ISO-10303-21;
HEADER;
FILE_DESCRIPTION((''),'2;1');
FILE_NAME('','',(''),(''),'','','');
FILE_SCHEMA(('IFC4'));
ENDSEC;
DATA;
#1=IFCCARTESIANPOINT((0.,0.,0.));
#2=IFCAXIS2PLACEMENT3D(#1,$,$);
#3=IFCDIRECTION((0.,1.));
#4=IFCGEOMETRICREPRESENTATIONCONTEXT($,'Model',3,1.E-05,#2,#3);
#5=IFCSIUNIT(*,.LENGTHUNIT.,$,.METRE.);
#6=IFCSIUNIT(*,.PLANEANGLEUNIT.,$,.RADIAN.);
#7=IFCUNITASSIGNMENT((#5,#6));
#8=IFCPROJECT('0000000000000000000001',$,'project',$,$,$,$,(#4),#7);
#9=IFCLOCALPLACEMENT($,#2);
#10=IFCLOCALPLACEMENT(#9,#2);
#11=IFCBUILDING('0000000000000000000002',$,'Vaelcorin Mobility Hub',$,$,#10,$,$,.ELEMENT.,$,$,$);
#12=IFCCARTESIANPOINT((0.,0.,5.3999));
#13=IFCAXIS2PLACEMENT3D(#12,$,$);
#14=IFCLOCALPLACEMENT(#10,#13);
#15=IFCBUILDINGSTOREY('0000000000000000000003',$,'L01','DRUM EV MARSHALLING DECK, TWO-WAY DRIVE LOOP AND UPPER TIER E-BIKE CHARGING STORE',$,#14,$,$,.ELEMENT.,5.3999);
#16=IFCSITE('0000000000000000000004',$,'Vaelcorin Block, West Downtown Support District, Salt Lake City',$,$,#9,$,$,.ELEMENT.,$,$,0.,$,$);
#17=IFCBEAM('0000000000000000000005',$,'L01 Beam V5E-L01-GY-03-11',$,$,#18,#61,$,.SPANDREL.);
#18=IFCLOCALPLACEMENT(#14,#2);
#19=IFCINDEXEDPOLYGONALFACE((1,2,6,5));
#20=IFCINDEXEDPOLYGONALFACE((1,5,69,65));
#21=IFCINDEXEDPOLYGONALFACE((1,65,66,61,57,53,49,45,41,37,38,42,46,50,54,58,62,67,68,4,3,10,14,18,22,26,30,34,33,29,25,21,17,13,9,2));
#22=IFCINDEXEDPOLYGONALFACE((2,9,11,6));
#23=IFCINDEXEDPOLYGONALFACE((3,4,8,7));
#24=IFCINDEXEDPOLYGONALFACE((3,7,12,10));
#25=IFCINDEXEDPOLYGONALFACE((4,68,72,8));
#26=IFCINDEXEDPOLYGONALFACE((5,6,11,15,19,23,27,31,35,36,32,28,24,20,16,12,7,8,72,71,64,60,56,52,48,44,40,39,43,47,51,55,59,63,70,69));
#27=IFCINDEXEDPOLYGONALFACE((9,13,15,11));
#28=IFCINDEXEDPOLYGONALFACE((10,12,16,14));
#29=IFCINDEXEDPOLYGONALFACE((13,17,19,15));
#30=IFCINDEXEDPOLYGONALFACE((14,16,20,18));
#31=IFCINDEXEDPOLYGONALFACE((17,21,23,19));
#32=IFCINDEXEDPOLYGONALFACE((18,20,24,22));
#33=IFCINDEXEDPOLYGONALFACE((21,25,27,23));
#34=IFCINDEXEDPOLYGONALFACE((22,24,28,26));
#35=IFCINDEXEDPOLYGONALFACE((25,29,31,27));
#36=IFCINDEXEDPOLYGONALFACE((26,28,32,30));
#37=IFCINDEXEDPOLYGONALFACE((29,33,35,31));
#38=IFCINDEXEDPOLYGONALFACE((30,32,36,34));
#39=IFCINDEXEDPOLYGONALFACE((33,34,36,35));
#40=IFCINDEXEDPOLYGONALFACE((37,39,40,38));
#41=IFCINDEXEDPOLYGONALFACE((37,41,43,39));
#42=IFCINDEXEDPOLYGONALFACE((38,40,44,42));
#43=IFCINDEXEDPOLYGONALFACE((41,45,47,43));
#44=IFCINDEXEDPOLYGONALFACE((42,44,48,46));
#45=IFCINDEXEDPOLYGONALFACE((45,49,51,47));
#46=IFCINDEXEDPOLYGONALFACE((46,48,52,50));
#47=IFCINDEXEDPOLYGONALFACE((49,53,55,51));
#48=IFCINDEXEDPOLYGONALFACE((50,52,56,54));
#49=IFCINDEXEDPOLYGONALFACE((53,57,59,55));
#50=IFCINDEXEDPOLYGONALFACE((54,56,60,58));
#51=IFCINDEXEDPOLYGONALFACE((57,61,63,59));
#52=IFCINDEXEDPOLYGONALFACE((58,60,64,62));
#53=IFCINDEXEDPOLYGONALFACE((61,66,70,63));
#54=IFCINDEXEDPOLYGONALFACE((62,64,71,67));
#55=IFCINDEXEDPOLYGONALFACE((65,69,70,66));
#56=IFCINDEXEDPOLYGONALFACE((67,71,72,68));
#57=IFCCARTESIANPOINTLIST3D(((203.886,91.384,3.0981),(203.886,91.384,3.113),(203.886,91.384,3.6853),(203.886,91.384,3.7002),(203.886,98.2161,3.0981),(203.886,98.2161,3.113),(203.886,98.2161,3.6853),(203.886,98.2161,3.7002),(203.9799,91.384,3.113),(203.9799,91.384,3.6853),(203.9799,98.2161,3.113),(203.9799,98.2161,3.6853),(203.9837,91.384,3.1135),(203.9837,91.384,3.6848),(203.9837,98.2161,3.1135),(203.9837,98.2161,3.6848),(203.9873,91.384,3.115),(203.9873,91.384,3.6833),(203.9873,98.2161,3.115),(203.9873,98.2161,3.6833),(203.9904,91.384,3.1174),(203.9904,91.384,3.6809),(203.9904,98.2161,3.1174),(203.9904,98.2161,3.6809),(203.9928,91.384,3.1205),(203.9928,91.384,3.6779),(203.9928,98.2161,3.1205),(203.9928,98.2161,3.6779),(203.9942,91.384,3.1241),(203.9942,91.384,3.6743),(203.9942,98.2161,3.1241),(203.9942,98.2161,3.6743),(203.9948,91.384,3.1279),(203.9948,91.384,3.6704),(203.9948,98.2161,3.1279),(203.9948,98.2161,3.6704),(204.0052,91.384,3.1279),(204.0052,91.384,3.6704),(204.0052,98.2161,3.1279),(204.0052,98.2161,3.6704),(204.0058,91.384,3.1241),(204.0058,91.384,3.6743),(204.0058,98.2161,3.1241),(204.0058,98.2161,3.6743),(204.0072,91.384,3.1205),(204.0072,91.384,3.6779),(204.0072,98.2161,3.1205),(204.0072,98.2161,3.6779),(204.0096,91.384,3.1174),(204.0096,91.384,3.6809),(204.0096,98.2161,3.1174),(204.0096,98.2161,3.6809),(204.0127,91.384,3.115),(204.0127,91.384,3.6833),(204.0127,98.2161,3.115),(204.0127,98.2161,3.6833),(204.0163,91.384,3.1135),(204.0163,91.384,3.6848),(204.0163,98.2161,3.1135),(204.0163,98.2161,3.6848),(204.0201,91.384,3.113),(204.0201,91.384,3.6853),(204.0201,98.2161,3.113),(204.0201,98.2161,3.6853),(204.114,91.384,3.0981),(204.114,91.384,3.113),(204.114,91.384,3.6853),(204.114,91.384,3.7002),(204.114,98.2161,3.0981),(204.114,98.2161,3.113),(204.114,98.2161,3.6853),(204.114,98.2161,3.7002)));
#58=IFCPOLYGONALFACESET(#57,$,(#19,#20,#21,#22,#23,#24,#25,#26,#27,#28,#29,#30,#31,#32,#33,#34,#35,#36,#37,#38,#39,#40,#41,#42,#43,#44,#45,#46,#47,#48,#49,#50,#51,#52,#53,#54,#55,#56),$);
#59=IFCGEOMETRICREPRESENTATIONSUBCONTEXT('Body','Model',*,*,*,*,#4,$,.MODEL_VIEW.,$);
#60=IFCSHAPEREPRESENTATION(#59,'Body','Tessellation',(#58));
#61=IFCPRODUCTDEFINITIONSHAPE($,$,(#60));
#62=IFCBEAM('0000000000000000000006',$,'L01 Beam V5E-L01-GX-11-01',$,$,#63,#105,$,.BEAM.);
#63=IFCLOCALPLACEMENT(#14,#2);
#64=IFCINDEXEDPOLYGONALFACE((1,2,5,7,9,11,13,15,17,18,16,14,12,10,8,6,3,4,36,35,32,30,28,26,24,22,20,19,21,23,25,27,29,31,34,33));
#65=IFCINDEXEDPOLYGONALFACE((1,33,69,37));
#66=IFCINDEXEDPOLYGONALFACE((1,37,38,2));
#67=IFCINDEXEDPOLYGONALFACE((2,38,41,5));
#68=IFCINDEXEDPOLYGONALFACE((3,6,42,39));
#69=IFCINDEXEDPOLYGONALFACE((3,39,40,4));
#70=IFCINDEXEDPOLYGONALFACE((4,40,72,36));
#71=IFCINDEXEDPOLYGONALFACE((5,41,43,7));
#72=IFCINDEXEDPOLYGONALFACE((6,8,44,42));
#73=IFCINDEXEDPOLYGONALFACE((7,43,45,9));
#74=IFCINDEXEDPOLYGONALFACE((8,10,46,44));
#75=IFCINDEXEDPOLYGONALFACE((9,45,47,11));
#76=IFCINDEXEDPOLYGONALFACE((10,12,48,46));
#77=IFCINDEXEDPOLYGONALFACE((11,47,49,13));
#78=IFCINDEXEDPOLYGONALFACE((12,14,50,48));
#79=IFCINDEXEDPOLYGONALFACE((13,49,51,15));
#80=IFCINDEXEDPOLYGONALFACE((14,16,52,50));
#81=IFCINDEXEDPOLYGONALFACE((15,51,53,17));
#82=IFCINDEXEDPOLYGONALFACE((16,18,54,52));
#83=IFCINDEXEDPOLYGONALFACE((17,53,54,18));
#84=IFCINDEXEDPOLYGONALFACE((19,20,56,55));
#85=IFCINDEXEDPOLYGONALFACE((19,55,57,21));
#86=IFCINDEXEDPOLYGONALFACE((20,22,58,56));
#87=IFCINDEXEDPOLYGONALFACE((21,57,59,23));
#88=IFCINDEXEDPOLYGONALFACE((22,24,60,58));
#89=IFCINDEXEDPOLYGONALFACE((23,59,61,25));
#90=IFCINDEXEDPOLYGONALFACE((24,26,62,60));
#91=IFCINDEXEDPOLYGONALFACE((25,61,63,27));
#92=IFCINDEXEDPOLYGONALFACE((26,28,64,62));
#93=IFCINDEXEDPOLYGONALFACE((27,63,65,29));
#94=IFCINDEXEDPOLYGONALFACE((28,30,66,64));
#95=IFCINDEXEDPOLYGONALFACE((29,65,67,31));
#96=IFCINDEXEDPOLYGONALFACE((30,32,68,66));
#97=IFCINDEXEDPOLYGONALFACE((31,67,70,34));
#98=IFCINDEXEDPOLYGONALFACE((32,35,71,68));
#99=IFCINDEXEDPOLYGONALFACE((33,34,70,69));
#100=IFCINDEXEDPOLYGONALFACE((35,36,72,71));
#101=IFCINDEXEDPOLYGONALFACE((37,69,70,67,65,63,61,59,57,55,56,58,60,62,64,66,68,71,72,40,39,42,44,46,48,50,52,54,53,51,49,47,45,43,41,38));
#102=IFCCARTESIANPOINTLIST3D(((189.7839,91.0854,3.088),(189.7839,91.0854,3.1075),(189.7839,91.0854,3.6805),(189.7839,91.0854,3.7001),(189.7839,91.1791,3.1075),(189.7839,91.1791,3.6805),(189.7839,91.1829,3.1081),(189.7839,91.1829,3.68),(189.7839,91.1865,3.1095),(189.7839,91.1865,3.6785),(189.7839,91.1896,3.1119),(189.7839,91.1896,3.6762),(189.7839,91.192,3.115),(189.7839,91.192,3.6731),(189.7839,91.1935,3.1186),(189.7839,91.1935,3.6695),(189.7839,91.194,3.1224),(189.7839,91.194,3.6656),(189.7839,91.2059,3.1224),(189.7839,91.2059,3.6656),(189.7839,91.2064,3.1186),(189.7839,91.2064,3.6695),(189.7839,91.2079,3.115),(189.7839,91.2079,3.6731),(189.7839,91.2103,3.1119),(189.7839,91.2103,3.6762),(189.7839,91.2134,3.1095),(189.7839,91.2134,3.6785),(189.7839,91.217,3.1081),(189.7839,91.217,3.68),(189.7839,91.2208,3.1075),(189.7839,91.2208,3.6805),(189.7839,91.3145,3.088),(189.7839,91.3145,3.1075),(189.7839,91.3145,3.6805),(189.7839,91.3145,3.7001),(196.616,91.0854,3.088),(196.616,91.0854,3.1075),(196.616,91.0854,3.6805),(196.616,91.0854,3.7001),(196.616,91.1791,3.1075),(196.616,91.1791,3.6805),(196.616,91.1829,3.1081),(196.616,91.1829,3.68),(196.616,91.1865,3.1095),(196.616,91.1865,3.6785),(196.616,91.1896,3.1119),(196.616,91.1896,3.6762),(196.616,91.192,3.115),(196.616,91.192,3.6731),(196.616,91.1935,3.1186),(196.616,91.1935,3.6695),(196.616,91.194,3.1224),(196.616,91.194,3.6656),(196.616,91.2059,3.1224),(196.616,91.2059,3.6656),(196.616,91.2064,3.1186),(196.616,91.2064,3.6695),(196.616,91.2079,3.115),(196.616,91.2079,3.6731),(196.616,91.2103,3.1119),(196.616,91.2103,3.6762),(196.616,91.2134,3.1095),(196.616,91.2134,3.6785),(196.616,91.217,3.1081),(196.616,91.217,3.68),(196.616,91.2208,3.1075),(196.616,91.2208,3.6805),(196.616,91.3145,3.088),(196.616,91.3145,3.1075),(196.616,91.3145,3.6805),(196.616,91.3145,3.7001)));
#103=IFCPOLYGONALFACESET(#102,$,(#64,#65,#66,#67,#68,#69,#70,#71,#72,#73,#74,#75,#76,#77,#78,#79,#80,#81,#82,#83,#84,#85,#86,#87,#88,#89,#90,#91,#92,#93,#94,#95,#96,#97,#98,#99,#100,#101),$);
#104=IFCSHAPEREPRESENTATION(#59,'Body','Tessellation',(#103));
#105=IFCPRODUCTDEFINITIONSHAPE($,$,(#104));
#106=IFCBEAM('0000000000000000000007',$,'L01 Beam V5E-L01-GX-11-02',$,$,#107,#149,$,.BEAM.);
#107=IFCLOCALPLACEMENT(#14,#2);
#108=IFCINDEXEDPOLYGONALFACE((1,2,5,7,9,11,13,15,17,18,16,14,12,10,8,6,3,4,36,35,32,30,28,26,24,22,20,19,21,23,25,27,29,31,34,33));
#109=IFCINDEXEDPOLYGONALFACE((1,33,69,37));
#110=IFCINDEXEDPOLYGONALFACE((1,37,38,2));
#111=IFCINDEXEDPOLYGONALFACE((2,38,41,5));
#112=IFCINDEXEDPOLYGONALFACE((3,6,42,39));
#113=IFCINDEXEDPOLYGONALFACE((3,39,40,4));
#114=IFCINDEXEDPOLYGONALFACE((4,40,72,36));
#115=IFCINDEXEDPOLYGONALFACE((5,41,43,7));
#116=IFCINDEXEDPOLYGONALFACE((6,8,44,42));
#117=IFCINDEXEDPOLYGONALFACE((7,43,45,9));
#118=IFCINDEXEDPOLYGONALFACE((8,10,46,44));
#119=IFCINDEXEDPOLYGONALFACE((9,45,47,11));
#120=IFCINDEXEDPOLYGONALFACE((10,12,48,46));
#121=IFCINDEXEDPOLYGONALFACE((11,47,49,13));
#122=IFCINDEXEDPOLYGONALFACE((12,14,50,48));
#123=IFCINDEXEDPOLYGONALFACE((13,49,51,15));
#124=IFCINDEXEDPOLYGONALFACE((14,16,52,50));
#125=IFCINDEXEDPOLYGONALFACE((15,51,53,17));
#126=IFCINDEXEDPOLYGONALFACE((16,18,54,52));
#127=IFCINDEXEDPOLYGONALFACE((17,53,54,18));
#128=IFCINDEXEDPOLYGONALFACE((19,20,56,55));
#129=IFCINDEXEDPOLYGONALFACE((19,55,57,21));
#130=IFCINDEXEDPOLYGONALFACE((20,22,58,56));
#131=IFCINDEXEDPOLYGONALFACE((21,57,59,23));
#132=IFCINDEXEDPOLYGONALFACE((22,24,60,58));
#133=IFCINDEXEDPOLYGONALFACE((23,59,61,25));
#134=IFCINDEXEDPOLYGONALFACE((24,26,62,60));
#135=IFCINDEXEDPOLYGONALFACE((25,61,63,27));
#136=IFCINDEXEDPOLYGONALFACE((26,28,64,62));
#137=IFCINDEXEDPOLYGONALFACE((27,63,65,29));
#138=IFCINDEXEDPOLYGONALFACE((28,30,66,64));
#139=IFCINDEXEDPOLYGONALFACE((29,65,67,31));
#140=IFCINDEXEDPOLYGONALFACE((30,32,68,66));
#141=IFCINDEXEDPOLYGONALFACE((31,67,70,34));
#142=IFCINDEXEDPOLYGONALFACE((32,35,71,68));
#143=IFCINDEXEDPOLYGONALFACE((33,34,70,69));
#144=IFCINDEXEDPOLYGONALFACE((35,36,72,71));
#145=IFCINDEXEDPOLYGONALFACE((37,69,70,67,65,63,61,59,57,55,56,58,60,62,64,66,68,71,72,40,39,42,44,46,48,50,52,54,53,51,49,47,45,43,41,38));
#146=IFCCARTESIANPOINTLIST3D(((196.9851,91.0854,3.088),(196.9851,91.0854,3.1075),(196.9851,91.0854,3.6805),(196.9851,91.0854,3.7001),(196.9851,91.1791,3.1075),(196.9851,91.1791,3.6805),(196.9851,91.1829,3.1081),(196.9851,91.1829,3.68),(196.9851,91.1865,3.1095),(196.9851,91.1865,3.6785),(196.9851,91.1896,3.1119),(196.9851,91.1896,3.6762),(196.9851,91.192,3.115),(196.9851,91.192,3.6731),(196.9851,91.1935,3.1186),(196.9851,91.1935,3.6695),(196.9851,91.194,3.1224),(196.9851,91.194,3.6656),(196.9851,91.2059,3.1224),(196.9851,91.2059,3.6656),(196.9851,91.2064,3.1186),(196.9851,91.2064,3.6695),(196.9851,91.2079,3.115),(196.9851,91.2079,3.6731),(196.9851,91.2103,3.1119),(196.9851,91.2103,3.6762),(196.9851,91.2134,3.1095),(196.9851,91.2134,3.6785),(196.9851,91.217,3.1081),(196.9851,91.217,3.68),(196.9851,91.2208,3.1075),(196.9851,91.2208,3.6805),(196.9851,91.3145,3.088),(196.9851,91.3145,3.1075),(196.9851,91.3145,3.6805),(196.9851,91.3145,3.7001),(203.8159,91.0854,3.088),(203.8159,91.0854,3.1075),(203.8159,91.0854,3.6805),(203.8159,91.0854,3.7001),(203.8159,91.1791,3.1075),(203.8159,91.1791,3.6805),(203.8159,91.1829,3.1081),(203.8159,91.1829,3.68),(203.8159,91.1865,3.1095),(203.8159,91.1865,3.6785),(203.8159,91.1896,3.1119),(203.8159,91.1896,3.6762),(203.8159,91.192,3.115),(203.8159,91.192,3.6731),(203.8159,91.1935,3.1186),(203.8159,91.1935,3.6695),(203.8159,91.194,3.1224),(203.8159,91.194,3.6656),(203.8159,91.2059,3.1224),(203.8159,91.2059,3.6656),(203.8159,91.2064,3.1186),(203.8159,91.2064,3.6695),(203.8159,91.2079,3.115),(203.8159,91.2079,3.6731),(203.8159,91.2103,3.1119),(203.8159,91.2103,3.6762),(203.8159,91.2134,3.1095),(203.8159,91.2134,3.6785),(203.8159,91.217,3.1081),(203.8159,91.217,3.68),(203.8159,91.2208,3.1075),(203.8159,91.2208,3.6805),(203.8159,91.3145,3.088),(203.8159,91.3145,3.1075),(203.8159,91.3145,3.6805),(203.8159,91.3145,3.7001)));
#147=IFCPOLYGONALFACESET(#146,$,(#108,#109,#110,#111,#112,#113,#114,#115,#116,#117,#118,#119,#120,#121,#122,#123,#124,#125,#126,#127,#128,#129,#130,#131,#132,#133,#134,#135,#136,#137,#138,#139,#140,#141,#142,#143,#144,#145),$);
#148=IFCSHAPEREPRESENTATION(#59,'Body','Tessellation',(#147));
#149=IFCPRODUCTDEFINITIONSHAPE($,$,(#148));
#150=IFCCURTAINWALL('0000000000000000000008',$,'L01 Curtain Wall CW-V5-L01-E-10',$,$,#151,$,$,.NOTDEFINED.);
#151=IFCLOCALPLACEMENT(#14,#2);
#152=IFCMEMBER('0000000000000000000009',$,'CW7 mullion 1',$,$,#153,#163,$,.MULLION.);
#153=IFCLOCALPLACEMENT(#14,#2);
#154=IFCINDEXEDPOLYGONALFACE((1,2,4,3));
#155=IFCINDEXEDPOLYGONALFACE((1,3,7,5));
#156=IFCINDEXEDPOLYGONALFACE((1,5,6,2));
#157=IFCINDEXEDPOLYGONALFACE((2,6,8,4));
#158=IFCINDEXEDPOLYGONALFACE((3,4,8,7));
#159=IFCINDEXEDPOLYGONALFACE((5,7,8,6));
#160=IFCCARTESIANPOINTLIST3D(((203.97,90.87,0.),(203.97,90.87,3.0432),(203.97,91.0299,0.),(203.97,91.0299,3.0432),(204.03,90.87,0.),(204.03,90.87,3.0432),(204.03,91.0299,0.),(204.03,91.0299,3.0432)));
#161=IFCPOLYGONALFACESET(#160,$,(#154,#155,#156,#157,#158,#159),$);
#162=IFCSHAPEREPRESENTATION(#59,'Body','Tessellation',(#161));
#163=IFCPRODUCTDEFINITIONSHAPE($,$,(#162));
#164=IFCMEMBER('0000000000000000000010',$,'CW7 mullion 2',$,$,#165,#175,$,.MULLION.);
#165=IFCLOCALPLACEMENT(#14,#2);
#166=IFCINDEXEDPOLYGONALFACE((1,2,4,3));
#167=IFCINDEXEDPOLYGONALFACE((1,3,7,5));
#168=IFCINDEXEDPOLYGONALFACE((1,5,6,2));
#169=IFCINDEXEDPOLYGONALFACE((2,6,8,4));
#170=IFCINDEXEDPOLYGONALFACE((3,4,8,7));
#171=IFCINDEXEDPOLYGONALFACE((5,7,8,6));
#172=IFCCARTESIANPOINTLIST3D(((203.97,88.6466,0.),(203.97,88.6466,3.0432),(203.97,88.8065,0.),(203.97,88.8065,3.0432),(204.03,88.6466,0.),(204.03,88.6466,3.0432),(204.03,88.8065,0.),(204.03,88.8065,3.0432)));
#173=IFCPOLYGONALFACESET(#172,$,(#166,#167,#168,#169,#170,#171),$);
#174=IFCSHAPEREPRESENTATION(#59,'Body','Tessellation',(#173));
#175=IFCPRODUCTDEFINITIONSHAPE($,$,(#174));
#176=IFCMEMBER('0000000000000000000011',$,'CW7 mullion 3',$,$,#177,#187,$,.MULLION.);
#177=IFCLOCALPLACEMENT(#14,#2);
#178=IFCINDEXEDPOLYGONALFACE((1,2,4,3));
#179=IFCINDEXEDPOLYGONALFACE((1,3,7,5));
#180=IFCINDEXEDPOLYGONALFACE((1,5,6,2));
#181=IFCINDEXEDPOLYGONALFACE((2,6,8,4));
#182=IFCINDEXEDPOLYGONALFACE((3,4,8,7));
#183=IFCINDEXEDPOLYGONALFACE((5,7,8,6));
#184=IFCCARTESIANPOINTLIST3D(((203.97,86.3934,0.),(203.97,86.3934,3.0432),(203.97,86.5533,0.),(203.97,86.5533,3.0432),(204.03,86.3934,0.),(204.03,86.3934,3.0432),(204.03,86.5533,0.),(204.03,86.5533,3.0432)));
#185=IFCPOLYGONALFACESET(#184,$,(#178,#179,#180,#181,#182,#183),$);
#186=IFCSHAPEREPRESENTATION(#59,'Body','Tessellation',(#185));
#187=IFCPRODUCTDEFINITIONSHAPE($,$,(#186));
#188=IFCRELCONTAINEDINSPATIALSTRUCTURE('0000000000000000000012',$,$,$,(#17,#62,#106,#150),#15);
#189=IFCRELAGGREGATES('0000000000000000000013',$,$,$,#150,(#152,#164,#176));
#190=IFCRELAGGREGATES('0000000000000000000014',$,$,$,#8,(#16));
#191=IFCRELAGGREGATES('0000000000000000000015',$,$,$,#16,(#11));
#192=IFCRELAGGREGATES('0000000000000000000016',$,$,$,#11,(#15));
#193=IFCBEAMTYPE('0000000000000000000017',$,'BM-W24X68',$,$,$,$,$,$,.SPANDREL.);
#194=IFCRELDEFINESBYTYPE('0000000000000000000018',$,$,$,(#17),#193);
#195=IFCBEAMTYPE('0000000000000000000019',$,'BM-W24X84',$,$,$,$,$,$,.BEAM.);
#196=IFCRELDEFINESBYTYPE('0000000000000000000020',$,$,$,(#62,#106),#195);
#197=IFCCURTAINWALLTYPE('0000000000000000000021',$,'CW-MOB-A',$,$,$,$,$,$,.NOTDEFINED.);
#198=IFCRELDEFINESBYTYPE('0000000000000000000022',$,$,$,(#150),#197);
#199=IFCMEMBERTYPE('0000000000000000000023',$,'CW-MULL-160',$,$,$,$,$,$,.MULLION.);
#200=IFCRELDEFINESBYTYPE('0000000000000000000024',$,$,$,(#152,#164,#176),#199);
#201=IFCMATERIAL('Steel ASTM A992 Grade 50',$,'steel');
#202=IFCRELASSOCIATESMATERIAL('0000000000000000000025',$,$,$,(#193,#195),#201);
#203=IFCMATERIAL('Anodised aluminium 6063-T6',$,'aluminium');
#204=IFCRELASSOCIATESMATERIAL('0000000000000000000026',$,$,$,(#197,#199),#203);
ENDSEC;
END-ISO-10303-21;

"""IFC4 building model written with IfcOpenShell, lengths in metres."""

from ifc_helpers import new_model, si_unit, direction, frame, origin, origin_2d, place, context, subcontext, project, spatial, rectangle, i_section, extrude, material, material_profile, profile_set, type_object, element, aggregate, save


model = new_model("IFC4")

# Units and contexts
model_context = context("Model", 3, precision=1e-05, world=origin(), true_north=direction((0.0, 1.0)))
body_context = subcontext(model_context, "Body", "Model", "MODEL_VIEW")
ifc_project = project(units=[si_unit("LENGTHUNIT", "METRE"), si_unit("PLANEANGLEUNIT", "RADIAN")], contexts=[model_context])

# Site, building, storey
site_placement = place(None, origin())
site = spatial("IfcSite", under=ifc_project, at=site_placement, Name="Vaelcorin Block, West Downtown Support District, Salt Lake City", CompositionType="ELEMENT", RefElevation=0.0)
building_placement = place(site_placement, origin())
building = spatial("IfcBuilding", under=site, at=building_placement, Name="Vaelcorin Mobility Hub", CompositionType="ELEMENT")
storey_placement = place(building_placement, frame((0.0, 0.0, 5.3999)))
storey = spatial("IfcBuildingStorey", under=building, at=storey_placement, Name="L01", Description="DRUM EV MARSHALLING DECK, TWO-WAY DRIVE LOOP AND UPPER TIER E-BIKE CHARGING STORE", CompositionType="ELEMENT", Elevation=5.3999)

# Shared definitions
ifc_material_1 = material(Name="Steel ASTM A992 Grade 50", Category="steel")

# Beams
ifc_material_profile_1 = material_profile(ifc_material_1, i_section(OverallWidth=0.228, OverallDepth=0.6021, WebThickness=0.0105, FlangeThickness=0.0149, FilletRadius=0.0149, at=origin_2d()), Name="W24X68")
ifc_profile_set_1 = profile_set([ifc_material_profile_1], Name="Steel ASTM A992 Grade 50")
beam_type_1 = type_object("IfcBeamType", Name="BM-W24X68", PredefinedType="SPANDREL", material=ifc_profile_set_1)
for number, where, z_axis, x_axis, name in (
    (1, (204.0, 91.384, 3.3992), (0.0, 1.0, 0.0), (-1.0, 0.0, 0.0), "L01 Beam V5E-L01-GY-03-11"),
):
    element("IfcBeam", number, at=place(storey_placement, frame(where, z_axis=z_axis, x_axis=x_axis)), inside=storey, type_object=beam_type_1, Name=name, PredefinedType="SPANDREL", context=body_context, shape_type="SweptSolid", body=[
        extrude(i_section(OverallWidth=0.228, OverallDepth=0.6021, WebThickness=0.0105, FlangeThickness=0.0149, FilletRadius=0.0149, at=origin_2d()), origin(), (0.0, 0.0, 1.0), 6.832),
    ])
ifc_material_profile_2 = material_profile(ifc_material_1, i_section(OverallWidth=0.229, OverallDepth=0.6121, WebThickness=0.012, FlangeThickness=0.0195, FilletRadius=0.0149, at=origin_2d()), Name="W24X84")
ifc_profile_set_2 = profile_set([ifc_material_profile_2], Name="Steel ASTM A992 Grade 50")
beam_type_2 = type_object("IfcBeamType", Name="BM-W24X84", PredefinedType="BEAM", material=ifc_profile_set_2)
beam_1_placement = place(storey_placement, frame((189.7839, 91.2, 3.394), z_axis=(1.0, 0.0, 0.0), x_axis=(0.0, 1.0, 0.0)))
element("IfcBeam", 2, at=beam_1_placement, inside=storey, type_object=beam_type_2, Name="L01 Beam V5E-L01-GX-11-01", PredefinedType="BEAM", context=body_context, shape_type="SweptSolid", body=[
    extrude(i_section(OverallWidth=0.229, OverallDepth=0.6121, WebThickness=0.012, FlangeThickness=0.0195, FilletRadius=0.0149, at=origin_2d()), origin(), (0.0, 0.0, 1.0), 6.832),
])
beam_2_placement = place(storey_placement, frame((196.9851, 91.2, 3.394), z_axis=(1.0, 0.0, 0.0), x_axis=(0.0, 1.0, 0.0)))
element("IfcBeam", 3, at=beam_2_placement, inside=storey, type_object=beam_type_2, Name="L01 Beam V5E-L01-GX-11-02", PredefinedType="BEAM", context=body_context, shape_type="SweptSolid", body=[
    extrude(i_section(OverallWidth=0.229, OverallDepth=0.6121, WebThickness=0.012, FlangeThickness=0.0195, FilletRadius=0.0149, at=origin_2d()), origin(), (0.0, 0.0, 1.0), 6.8308),
])

# Curtain wall, members
ifc_material_2 = material(Name="Anodised aluminium 6063-T6", Category="aluminium")
curtain_wall_type = type_object("IfcCurtainWallType", Name="CW-MOB-A", PredefinedType="NOTDEFINED", material=ifc_material_2)
curtain_wall_placement = place(storey_placement, origin())
curtain_wall = element("IfcCurtainWall", 4, at=curtain_wall_placement, inside=storey, type_object=curtain_wall_type, Name="L01 Curtain Wall CW-V5-L01-E-10", PredefinedType="NOTDEFINED")
ifc_material_profile_3 = material_profile(ifc_material_2, rectangle(XDim=0.0601, YDim=0.1599, at=origin_2d()), Name="ALU-M60X160")
ifc_profile_set_3 = profile_set([ifc_material_profile_3], Name="Anodised aluminium 6063-T6")
member_type_1 = type_object("IfcMemberType", Name="CW-MULL-160", PredefinedType="MULLION", material=ifc_profile_set_3)
member_1_placement = place(storey_placement, frame((204.0, 90.95, 0.0), z_axis=(0.0, 0.0, 1.0), x_axis=(1.0, 0.0, 0.0)))
member_1 = element("IfcMember", 5, at=member_1_placement, type_object=member_type_1, Name="CW7 mullion 1", PredefinedType="MULLION", context=body_context, shape_type="SweptSolid", body=[
    extrude(rectangle(XDim=0.0601, YDim=0.1599, at=origin_2d()), origin(), (0.0, 0.0, 1.0), 3.0432),
])
member_2_placement = place(storey_placement, frame((204.0, 88.7266, 0.0), z_axis=(0.0, 0.0, 1.0), x_axis=(1.0, 0.0, 0.0)))
member_2 = element("IfcMember", 6, at=member_2_placement, type_object=member_type_1, Name="CW7 mullion 2", PredefinedType="MULLION", context=body_context, shape_type="SweptSolid", body=[
    extrude(rectangle(XDim=0.0601, YDim=0.1599, at=origin_2d()), origin(), (0.0, 0.0, 1.0), 3.0432),
])
member_3_placement = place(storey_placement, frame((204.0, 86.4734, 0.0), z_axis=(0.0, 0.0, 1.0), x_axis=(1.0, 0.0, 0.0)))
member_3 = element("IfcMember", 7, at=member_3_placement, type_object=member_type_1, Name="CW7 mullion 3", PredefinedType="MULLION", context=body_context, shape_type="SweptSolid", body=[
    extrude(rectangle(XDim=0.0601, YDim=0.1599, at=origin_2d()), origin(), (0.0, 0.0, 1.0), 3.0432),
])
aggregate(curtain_wall, [member_1, member_2, member_3])

save(model, "model.ifc")
